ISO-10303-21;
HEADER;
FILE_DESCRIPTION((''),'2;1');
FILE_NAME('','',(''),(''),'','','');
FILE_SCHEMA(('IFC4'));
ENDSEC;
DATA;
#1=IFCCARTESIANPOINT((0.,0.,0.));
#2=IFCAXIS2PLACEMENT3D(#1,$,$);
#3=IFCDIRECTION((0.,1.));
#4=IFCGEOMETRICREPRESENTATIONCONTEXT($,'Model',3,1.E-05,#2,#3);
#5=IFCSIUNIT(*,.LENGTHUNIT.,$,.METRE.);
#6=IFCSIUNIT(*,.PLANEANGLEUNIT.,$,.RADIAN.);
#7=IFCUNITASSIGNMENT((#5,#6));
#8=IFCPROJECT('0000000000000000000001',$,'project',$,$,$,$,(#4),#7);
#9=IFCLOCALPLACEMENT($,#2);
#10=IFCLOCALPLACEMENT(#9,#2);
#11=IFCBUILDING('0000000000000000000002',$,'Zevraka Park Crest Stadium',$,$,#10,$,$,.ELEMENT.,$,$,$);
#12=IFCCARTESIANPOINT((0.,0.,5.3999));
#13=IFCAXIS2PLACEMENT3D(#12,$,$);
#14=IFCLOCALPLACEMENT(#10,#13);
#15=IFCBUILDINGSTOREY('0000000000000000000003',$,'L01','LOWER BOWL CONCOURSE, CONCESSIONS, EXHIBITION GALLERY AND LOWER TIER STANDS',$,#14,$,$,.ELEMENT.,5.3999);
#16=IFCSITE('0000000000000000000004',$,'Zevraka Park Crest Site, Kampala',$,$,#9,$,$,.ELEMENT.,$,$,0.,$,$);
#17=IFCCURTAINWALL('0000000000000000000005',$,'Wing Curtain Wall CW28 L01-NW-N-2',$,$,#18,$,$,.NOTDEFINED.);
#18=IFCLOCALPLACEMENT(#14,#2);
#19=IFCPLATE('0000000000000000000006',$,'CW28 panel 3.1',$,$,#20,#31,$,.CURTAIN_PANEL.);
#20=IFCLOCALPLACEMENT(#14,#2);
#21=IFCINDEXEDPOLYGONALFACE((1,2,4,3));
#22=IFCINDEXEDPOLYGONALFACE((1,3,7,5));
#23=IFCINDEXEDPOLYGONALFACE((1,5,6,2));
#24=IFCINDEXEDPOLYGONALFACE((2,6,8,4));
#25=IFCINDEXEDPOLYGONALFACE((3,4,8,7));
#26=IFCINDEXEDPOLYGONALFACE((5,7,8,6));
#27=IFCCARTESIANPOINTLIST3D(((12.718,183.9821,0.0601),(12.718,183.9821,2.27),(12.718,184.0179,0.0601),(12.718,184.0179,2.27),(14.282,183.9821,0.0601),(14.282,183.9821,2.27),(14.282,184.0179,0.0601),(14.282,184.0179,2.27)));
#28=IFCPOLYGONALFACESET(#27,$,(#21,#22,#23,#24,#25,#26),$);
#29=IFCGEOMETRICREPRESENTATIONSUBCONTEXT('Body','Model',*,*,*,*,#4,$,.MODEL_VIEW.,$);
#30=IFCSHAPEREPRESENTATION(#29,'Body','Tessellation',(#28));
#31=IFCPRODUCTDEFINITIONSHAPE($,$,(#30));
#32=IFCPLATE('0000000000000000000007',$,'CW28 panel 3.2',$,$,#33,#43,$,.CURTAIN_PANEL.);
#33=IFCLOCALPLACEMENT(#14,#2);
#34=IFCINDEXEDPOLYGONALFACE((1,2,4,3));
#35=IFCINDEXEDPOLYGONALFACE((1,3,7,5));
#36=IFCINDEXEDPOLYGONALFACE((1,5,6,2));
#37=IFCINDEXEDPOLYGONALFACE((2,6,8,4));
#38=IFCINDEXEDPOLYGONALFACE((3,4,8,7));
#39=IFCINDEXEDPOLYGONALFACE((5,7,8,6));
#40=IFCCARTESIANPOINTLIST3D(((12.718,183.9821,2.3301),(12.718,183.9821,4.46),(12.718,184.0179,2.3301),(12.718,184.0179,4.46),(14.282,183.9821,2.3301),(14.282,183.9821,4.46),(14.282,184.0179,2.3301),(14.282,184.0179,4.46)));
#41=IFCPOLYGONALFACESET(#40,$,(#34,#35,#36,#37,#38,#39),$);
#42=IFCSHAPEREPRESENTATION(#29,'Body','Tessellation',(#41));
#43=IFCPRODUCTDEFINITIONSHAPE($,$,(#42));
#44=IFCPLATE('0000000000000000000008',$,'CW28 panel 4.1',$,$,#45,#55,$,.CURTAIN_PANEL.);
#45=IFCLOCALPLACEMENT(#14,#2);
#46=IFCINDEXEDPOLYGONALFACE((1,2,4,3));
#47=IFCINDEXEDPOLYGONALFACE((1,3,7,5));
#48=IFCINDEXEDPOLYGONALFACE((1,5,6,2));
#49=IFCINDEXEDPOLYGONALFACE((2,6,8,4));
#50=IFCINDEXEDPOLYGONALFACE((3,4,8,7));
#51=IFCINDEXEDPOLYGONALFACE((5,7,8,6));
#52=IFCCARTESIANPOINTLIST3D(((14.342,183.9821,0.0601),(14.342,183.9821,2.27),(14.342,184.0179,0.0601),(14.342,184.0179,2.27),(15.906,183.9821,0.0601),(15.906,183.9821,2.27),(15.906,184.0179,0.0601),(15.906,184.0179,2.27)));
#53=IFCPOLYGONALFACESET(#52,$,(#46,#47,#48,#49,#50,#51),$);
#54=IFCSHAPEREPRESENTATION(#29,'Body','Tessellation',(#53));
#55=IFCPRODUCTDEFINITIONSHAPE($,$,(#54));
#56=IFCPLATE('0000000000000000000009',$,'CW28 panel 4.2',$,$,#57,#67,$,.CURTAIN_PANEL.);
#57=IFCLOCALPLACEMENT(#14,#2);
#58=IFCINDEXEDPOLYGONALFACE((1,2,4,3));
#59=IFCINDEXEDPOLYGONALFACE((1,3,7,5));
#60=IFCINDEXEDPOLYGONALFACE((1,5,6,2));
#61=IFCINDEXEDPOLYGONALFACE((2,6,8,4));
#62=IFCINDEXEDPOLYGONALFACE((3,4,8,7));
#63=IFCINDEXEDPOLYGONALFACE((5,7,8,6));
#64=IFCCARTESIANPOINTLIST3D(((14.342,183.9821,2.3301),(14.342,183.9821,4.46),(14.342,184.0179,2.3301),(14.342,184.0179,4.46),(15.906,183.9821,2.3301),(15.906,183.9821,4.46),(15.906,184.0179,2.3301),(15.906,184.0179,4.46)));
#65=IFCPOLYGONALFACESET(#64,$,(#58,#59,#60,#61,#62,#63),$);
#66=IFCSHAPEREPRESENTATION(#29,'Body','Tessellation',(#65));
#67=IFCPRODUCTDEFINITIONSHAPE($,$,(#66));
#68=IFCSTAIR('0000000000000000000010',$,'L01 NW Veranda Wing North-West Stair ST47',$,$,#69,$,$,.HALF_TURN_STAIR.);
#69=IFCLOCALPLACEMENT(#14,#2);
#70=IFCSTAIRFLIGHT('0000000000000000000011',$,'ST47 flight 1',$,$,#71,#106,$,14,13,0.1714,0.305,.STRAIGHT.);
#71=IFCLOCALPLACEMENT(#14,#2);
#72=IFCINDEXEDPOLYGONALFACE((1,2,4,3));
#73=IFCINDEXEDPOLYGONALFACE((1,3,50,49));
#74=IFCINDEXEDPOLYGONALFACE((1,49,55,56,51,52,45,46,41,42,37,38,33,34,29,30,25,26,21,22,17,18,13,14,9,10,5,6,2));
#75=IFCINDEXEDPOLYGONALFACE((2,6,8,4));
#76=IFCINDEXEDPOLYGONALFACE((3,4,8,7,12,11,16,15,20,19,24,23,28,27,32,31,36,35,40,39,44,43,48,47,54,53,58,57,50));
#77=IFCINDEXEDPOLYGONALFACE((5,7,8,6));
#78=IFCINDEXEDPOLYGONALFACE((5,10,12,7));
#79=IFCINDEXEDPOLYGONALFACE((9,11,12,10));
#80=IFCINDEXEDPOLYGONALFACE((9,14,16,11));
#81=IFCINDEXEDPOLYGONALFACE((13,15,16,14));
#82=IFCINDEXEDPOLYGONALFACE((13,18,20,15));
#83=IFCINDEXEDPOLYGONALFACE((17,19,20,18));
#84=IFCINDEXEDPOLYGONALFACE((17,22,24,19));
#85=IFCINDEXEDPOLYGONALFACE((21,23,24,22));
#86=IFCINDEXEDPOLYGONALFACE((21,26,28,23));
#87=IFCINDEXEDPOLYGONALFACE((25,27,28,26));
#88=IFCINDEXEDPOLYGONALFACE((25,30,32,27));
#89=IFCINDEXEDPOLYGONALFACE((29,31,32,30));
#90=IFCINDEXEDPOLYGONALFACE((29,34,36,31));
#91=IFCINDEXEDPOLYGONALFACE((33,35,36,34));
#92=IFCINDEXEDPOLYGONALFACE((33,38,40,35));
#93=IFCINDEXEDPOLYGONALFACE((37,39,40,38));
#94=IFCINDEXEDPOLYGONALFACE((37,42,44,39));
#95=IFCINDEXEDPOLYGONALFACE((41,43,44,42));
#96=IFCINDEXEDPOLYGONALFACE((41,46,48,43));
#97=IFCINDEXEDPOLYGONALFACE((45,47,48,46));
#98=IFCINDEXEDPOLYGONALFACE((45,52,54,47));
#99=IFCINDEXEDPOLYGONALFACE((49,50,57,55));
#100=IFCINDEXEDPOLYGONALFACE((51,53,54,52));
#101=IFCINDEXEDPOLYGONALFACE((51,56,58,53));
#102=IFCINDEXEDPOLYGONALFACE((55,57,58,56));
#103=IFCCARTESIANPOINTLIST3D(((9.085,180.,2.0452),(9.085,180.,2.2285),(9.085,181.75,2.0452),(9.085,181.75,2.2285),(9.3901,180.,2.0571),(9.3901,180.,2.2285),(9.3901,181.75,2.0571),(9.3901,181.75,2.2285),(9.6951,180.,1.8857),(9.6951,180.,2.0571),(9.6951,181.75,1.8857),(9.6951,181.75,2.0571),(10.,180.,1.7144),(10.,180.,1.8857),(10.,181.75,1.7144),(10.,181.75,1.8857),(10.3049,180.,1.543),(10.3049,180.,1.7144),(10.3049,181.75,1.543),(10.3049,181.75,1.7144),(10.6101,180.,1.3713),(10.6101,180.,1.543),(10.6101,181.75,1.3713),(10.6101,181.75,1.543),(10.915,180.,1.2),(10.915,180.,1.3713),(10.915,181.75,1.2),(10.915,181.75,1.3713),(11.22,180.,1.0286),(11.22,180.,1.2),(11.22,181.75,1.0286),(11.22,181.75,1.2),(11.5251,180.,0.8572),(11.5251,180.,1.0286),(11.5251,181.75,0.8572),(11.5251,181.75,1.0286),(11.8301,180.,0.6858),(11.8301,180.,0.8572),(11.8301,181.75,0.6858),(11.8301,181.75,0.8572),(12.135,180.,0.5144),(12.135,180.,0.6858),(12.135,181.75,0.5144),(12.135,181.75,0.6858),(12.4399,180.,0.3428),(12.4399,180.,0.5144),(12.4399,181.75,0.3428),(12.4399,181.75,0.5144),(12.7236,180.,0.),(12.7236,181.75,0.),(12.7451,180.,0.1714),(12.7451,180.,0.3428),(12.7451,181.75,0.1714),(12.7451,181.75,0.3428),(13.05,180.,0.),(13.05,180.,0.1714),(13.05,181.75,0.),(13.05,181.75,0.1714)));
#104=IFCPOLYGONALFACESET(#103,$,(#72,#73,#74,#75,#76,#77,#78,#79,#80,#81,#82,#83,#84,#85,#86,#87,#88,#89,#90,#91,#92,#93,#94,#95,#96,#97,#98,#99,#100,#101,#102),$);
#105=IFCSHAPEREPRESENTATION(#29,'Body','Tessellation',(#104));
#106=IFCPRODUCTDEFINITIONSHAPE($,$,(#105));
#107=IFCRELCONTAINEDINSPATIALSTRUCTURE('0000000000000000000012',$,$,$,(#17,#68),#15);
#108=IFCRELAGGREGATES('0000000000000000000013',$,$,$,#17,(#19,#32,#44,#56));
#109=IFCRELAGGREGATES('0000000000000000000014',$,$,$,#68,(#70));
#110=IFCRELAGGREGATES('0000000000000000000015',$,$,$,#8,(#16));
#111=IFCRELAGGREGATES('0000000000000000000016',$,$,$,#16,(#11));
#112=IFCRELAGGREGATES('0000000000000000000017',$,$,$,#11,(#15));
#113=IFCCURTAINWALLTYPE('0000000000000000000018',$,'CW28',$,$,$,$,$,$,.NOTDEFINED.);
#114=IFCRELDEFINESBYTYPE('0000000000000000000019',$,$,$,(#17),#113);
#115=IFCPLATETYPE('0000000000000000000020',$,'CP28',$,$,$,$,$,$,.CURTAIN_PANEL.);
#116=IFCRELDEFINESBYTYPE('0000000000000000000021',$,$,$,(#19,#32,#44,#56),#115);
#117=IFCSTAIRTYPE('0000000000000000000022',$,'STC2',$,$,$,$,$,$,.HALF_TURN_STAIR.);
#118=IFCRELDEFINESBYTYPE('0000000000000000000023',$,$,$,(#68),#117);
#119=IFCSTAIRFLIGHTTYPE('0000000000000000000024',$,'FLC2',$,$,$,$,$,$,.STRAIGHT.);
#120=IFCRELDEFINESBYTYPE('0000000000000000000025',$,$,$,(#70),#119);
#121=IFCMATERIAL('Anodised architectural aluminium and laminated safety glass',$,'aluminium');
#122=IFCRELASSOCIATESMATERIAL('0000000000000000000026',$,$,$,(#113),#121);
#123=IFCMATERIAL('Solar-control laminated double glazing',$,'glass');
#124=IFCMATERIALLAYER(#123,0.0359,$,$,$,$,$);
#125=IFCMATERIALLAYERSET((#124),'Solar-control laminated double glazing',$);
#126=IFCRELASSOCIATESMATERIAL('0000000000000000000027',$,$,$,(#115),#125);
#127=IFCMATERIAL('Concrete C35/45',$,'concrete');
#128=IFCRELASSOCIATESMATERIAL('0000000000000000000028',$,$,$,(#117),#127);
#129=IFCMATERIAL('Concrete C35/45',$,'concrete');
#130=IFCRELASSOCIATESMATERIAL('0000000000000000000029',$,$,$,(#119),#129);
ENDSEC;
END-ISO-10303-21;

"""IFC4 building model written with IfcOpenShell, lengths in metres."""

from ifc_helpers import new_model, si_unit, direction, frame, origin, origin_2d, place, context, subcontext, project, spatial, polyline, rectangle, outline, extrude, material, layer, layer_set, type_object, element, aggregate, save


model = new_model("IFC4")

# Units and contexts
model_context = context("Model", 3, precision=1e-05, world=origin(), true_north=direction((0.0, 1.0)))
body_context = subcontext(model_context, "Body", "Model", "MODEL_VIEW")
ifc_project = project(units=[si_unit("LENGTHUNIT", "METRE"), si_unit("PLANEANGLEUNIT", "RADIAN")], contexts=[model_context])

# Site, building, storey
site_placement = place(None, origin())
site = spatial("IfcSite", under=ifc_project, at=site_placement, Name="Zevraka Park Crest Site, Kampala", CompositionType="ELEMENT", RefElevation=0.0)
building_placement = place(site_placement, origin())
building = spatial("IfcBuilding", under=site, at=building_placement, Name="Zevraka Park Crest Stadium", CompositionType="ELEMENT")
storey_placement = place(building_placement, frame((0.0, 0.0, 5.3999)))
storey = spatial("IfcBuildingStorey", under=building, at=storey_placement, Name="L01", Description="LOWER BOWL CONCOURSE, CONCESSIONS, EXHIBITION GALLERY AND LOWER TIER STANDS", CompositionType="ELEMENT", Elevation=5.3999)

# Curtain wall, plates
ifc_material_1 = material(Name="Anodised architectural aluminium and laminated safety glass", Category="aluminium")
curtain_wall_type = type_object("IfcCurtainWallType", Name="CW28", PredefinedType="NOTDEFINED", material=ifc_material_1)
curtain_wall_placement = place(storey_placement, origin())
curtain_wall = element("IfcCurtainWall", 1, at=curtain_wall_placement, inside=storey, type_object=curtain_wall_type, Name="Wing Curtain Wall CW28 L01-NW-N-2", PredefinedType="NOTDEFINED")
ifc_material_2 = material(Name="Solar-control laminated double glazing", Category="glass")
ifc_layer_1 = layer(ifc_material_2, 0.0359)
ifc_layer_set_1 = layer_set([ifc_layer_1], Name="Solar-control laminated double glazing")
plate_type = type_object("IfcPlateType", Name="CP28", PredefinedType="CURTAIN_PANEL", material=ifc_layer_set_1)
plate_1_placement = place(storey_placement, frame((13.5, 184.0, 0.0601), z_axis=(0.0, 0.0, 1.0), x_axis=(1.0, 0.0, 0.0)))
plate_1 = element("IfcPlate", 2, at=plate_1_placement, type_object=plate_type, Name="CW28 panel 3.1", PredefinedType="CURTAIN_PANEL", context=body_context, shape_type="SweptSolid", body=[
    extrude(rectangle(XDim=1.564, YDim=0.0359, at=origin_2d()), origin(), (0.0, 0.0, 1.0), 2.21),
])
plate_2_placement = place(storey_placement, frame((13.5, 184.0, 2.3301), z_axis=(0.0, 0.0, 1.0), x_axis=(1.0, 0.0, 0.0)))
plate_2 = element("IfcPlate", 3, at=plate_2_placement, type_object=plate_type, Name="CW28 panel 3.2", PredefinedType="CURTAIN_PANEL", context=body_context, shape_type="SweptSolid", body=[
    extrude(rectangle(XDim=1.564, YDim=0.0359, at=origin_2d()), origin(), (0.0, 0.0, 1.0), 2.1299),
])
plate_3_placement = place(storey_placement, frame((15.124, 184.0, 0.0601), z_axis=(0.0, 0.0, 1.0), x_axis=(1.0, 0.0, 0.0)))
plate_3 = element("IfcPlate", 4, at=plate_3_placement, type_object=plate_type, Name="CW28 panel 4.1", PredefinedType="CURTAIN_PANEL", context=body_context, shape_type="SweptSolid", body=[
    extrude(rectangle(XDim=1.564, YDim=0.0359, at=origin_2d()), origin(), (0.0, 0.0, 1.0), 2.21),
])
plate_4_placement = place(storey_placement, frame((15.124, 184.0, 2.3301), z_axis=(0.0, 0.0, 1.0), x_axis=(1.0, 0.0, 0.0)))
plate_4 = element("IfcPlate", 5, at=plate_4_placement, type_object=plate_type, Name="CW28 panel 4.2", PredefinedType="CURTAIN_PANEL", context=body_context, shape_type="SweptSolid", body=[
    extrude(rectangle(XDim=1.564, YDim=0.0359, at=origin_2d()), origin(), (0.0, 0.0, 1.0), 2.1299),
])
aggregate(curtain_wall, [plate_1, plate_2, plate_3, plate_4])

# Stair, stair flight
ifc_material_3 = material(Name="Concrete C35/45", Category="concrete")
stair_type = type_object("IfcStairType", Name="STC2", PredefinedType="HALF_TURN_STAIR", material=ifc_material_3)
stair_placement = place(storey_placement, origin())
stair = element("IfcStair", 6, at=stair_placement, inside=storey, type_object=stair_type, Name="L01 NW Veranda Wing North-West Stair ST47", PredefinedType="HALF_TURN_STAIR")
ifc_material_4 = material(Name="Concrete C35/45", Category="concrete")
stair_flight_type = type_object("IfcStairFlightType", Name="FLC2", PredefinedType="STRAIGHT", material=ifc_material_4)
stair_flight_placement = place(storey_placement, frame((13.05, 180.875, 0.0), z_axis=(0.0, 0.0, 1.0), x_axis=(-1.0, 0.0, 0.0)))
stair_flight = element("IfcStairFlight", 7, at=stair_flight_placement, type_object=stair_flight_type, Name="ST47 flight 1", NumberOfRisers=14, NumberOfTreads=13, PredefinedType="STRAIGHT", RiserHeight=0.1714, TreadLength=0.305, context=body_context, shape_type="SweptSolid", body=[
    extrude(outline(polyline([(0.0, 0.0), (0.0, 0.1714), (0.3049, 0.1714), (0.3049, 0.3428), (0.6101, 0.3428), (0.6101, 0.5144), (0.915, 0.5144), (0.915, 0.6858), (1.22, 0.6858), (1.22, 0.8572), (1.5249, 0.8572), (1.5249, 1.0286), (1.8301, 1.0286), (1.8301, 1.2), (2.135, 1.2), (2.135, 1.3713), (2.4399, 1.3713), (2.4399, 1.543), (2.7451, 1.543), (2.7451, 1.7144), (3.05, 1.7144), (3.05, 1.8857), (3.355, 1.8857), (3.355, 2.0571), (3.6599, 2.0571), (3.6599, 2.2285), (3.9651, 2.2285), (3.9651, 2.3999), (3.9651, 2.0452), (0.3264, 0.0), (0.0, 0.0)])), frame((0.0, 0.875, 0.0), z_axis=(0.0, -1.0, 0.0), x_axis=(1.0, 0.0, 0.0)), (0.0, 0.0, 1.0), 1.75),
])
aggregate(stair, [stair_flight])

save(model, "model.ifc")
